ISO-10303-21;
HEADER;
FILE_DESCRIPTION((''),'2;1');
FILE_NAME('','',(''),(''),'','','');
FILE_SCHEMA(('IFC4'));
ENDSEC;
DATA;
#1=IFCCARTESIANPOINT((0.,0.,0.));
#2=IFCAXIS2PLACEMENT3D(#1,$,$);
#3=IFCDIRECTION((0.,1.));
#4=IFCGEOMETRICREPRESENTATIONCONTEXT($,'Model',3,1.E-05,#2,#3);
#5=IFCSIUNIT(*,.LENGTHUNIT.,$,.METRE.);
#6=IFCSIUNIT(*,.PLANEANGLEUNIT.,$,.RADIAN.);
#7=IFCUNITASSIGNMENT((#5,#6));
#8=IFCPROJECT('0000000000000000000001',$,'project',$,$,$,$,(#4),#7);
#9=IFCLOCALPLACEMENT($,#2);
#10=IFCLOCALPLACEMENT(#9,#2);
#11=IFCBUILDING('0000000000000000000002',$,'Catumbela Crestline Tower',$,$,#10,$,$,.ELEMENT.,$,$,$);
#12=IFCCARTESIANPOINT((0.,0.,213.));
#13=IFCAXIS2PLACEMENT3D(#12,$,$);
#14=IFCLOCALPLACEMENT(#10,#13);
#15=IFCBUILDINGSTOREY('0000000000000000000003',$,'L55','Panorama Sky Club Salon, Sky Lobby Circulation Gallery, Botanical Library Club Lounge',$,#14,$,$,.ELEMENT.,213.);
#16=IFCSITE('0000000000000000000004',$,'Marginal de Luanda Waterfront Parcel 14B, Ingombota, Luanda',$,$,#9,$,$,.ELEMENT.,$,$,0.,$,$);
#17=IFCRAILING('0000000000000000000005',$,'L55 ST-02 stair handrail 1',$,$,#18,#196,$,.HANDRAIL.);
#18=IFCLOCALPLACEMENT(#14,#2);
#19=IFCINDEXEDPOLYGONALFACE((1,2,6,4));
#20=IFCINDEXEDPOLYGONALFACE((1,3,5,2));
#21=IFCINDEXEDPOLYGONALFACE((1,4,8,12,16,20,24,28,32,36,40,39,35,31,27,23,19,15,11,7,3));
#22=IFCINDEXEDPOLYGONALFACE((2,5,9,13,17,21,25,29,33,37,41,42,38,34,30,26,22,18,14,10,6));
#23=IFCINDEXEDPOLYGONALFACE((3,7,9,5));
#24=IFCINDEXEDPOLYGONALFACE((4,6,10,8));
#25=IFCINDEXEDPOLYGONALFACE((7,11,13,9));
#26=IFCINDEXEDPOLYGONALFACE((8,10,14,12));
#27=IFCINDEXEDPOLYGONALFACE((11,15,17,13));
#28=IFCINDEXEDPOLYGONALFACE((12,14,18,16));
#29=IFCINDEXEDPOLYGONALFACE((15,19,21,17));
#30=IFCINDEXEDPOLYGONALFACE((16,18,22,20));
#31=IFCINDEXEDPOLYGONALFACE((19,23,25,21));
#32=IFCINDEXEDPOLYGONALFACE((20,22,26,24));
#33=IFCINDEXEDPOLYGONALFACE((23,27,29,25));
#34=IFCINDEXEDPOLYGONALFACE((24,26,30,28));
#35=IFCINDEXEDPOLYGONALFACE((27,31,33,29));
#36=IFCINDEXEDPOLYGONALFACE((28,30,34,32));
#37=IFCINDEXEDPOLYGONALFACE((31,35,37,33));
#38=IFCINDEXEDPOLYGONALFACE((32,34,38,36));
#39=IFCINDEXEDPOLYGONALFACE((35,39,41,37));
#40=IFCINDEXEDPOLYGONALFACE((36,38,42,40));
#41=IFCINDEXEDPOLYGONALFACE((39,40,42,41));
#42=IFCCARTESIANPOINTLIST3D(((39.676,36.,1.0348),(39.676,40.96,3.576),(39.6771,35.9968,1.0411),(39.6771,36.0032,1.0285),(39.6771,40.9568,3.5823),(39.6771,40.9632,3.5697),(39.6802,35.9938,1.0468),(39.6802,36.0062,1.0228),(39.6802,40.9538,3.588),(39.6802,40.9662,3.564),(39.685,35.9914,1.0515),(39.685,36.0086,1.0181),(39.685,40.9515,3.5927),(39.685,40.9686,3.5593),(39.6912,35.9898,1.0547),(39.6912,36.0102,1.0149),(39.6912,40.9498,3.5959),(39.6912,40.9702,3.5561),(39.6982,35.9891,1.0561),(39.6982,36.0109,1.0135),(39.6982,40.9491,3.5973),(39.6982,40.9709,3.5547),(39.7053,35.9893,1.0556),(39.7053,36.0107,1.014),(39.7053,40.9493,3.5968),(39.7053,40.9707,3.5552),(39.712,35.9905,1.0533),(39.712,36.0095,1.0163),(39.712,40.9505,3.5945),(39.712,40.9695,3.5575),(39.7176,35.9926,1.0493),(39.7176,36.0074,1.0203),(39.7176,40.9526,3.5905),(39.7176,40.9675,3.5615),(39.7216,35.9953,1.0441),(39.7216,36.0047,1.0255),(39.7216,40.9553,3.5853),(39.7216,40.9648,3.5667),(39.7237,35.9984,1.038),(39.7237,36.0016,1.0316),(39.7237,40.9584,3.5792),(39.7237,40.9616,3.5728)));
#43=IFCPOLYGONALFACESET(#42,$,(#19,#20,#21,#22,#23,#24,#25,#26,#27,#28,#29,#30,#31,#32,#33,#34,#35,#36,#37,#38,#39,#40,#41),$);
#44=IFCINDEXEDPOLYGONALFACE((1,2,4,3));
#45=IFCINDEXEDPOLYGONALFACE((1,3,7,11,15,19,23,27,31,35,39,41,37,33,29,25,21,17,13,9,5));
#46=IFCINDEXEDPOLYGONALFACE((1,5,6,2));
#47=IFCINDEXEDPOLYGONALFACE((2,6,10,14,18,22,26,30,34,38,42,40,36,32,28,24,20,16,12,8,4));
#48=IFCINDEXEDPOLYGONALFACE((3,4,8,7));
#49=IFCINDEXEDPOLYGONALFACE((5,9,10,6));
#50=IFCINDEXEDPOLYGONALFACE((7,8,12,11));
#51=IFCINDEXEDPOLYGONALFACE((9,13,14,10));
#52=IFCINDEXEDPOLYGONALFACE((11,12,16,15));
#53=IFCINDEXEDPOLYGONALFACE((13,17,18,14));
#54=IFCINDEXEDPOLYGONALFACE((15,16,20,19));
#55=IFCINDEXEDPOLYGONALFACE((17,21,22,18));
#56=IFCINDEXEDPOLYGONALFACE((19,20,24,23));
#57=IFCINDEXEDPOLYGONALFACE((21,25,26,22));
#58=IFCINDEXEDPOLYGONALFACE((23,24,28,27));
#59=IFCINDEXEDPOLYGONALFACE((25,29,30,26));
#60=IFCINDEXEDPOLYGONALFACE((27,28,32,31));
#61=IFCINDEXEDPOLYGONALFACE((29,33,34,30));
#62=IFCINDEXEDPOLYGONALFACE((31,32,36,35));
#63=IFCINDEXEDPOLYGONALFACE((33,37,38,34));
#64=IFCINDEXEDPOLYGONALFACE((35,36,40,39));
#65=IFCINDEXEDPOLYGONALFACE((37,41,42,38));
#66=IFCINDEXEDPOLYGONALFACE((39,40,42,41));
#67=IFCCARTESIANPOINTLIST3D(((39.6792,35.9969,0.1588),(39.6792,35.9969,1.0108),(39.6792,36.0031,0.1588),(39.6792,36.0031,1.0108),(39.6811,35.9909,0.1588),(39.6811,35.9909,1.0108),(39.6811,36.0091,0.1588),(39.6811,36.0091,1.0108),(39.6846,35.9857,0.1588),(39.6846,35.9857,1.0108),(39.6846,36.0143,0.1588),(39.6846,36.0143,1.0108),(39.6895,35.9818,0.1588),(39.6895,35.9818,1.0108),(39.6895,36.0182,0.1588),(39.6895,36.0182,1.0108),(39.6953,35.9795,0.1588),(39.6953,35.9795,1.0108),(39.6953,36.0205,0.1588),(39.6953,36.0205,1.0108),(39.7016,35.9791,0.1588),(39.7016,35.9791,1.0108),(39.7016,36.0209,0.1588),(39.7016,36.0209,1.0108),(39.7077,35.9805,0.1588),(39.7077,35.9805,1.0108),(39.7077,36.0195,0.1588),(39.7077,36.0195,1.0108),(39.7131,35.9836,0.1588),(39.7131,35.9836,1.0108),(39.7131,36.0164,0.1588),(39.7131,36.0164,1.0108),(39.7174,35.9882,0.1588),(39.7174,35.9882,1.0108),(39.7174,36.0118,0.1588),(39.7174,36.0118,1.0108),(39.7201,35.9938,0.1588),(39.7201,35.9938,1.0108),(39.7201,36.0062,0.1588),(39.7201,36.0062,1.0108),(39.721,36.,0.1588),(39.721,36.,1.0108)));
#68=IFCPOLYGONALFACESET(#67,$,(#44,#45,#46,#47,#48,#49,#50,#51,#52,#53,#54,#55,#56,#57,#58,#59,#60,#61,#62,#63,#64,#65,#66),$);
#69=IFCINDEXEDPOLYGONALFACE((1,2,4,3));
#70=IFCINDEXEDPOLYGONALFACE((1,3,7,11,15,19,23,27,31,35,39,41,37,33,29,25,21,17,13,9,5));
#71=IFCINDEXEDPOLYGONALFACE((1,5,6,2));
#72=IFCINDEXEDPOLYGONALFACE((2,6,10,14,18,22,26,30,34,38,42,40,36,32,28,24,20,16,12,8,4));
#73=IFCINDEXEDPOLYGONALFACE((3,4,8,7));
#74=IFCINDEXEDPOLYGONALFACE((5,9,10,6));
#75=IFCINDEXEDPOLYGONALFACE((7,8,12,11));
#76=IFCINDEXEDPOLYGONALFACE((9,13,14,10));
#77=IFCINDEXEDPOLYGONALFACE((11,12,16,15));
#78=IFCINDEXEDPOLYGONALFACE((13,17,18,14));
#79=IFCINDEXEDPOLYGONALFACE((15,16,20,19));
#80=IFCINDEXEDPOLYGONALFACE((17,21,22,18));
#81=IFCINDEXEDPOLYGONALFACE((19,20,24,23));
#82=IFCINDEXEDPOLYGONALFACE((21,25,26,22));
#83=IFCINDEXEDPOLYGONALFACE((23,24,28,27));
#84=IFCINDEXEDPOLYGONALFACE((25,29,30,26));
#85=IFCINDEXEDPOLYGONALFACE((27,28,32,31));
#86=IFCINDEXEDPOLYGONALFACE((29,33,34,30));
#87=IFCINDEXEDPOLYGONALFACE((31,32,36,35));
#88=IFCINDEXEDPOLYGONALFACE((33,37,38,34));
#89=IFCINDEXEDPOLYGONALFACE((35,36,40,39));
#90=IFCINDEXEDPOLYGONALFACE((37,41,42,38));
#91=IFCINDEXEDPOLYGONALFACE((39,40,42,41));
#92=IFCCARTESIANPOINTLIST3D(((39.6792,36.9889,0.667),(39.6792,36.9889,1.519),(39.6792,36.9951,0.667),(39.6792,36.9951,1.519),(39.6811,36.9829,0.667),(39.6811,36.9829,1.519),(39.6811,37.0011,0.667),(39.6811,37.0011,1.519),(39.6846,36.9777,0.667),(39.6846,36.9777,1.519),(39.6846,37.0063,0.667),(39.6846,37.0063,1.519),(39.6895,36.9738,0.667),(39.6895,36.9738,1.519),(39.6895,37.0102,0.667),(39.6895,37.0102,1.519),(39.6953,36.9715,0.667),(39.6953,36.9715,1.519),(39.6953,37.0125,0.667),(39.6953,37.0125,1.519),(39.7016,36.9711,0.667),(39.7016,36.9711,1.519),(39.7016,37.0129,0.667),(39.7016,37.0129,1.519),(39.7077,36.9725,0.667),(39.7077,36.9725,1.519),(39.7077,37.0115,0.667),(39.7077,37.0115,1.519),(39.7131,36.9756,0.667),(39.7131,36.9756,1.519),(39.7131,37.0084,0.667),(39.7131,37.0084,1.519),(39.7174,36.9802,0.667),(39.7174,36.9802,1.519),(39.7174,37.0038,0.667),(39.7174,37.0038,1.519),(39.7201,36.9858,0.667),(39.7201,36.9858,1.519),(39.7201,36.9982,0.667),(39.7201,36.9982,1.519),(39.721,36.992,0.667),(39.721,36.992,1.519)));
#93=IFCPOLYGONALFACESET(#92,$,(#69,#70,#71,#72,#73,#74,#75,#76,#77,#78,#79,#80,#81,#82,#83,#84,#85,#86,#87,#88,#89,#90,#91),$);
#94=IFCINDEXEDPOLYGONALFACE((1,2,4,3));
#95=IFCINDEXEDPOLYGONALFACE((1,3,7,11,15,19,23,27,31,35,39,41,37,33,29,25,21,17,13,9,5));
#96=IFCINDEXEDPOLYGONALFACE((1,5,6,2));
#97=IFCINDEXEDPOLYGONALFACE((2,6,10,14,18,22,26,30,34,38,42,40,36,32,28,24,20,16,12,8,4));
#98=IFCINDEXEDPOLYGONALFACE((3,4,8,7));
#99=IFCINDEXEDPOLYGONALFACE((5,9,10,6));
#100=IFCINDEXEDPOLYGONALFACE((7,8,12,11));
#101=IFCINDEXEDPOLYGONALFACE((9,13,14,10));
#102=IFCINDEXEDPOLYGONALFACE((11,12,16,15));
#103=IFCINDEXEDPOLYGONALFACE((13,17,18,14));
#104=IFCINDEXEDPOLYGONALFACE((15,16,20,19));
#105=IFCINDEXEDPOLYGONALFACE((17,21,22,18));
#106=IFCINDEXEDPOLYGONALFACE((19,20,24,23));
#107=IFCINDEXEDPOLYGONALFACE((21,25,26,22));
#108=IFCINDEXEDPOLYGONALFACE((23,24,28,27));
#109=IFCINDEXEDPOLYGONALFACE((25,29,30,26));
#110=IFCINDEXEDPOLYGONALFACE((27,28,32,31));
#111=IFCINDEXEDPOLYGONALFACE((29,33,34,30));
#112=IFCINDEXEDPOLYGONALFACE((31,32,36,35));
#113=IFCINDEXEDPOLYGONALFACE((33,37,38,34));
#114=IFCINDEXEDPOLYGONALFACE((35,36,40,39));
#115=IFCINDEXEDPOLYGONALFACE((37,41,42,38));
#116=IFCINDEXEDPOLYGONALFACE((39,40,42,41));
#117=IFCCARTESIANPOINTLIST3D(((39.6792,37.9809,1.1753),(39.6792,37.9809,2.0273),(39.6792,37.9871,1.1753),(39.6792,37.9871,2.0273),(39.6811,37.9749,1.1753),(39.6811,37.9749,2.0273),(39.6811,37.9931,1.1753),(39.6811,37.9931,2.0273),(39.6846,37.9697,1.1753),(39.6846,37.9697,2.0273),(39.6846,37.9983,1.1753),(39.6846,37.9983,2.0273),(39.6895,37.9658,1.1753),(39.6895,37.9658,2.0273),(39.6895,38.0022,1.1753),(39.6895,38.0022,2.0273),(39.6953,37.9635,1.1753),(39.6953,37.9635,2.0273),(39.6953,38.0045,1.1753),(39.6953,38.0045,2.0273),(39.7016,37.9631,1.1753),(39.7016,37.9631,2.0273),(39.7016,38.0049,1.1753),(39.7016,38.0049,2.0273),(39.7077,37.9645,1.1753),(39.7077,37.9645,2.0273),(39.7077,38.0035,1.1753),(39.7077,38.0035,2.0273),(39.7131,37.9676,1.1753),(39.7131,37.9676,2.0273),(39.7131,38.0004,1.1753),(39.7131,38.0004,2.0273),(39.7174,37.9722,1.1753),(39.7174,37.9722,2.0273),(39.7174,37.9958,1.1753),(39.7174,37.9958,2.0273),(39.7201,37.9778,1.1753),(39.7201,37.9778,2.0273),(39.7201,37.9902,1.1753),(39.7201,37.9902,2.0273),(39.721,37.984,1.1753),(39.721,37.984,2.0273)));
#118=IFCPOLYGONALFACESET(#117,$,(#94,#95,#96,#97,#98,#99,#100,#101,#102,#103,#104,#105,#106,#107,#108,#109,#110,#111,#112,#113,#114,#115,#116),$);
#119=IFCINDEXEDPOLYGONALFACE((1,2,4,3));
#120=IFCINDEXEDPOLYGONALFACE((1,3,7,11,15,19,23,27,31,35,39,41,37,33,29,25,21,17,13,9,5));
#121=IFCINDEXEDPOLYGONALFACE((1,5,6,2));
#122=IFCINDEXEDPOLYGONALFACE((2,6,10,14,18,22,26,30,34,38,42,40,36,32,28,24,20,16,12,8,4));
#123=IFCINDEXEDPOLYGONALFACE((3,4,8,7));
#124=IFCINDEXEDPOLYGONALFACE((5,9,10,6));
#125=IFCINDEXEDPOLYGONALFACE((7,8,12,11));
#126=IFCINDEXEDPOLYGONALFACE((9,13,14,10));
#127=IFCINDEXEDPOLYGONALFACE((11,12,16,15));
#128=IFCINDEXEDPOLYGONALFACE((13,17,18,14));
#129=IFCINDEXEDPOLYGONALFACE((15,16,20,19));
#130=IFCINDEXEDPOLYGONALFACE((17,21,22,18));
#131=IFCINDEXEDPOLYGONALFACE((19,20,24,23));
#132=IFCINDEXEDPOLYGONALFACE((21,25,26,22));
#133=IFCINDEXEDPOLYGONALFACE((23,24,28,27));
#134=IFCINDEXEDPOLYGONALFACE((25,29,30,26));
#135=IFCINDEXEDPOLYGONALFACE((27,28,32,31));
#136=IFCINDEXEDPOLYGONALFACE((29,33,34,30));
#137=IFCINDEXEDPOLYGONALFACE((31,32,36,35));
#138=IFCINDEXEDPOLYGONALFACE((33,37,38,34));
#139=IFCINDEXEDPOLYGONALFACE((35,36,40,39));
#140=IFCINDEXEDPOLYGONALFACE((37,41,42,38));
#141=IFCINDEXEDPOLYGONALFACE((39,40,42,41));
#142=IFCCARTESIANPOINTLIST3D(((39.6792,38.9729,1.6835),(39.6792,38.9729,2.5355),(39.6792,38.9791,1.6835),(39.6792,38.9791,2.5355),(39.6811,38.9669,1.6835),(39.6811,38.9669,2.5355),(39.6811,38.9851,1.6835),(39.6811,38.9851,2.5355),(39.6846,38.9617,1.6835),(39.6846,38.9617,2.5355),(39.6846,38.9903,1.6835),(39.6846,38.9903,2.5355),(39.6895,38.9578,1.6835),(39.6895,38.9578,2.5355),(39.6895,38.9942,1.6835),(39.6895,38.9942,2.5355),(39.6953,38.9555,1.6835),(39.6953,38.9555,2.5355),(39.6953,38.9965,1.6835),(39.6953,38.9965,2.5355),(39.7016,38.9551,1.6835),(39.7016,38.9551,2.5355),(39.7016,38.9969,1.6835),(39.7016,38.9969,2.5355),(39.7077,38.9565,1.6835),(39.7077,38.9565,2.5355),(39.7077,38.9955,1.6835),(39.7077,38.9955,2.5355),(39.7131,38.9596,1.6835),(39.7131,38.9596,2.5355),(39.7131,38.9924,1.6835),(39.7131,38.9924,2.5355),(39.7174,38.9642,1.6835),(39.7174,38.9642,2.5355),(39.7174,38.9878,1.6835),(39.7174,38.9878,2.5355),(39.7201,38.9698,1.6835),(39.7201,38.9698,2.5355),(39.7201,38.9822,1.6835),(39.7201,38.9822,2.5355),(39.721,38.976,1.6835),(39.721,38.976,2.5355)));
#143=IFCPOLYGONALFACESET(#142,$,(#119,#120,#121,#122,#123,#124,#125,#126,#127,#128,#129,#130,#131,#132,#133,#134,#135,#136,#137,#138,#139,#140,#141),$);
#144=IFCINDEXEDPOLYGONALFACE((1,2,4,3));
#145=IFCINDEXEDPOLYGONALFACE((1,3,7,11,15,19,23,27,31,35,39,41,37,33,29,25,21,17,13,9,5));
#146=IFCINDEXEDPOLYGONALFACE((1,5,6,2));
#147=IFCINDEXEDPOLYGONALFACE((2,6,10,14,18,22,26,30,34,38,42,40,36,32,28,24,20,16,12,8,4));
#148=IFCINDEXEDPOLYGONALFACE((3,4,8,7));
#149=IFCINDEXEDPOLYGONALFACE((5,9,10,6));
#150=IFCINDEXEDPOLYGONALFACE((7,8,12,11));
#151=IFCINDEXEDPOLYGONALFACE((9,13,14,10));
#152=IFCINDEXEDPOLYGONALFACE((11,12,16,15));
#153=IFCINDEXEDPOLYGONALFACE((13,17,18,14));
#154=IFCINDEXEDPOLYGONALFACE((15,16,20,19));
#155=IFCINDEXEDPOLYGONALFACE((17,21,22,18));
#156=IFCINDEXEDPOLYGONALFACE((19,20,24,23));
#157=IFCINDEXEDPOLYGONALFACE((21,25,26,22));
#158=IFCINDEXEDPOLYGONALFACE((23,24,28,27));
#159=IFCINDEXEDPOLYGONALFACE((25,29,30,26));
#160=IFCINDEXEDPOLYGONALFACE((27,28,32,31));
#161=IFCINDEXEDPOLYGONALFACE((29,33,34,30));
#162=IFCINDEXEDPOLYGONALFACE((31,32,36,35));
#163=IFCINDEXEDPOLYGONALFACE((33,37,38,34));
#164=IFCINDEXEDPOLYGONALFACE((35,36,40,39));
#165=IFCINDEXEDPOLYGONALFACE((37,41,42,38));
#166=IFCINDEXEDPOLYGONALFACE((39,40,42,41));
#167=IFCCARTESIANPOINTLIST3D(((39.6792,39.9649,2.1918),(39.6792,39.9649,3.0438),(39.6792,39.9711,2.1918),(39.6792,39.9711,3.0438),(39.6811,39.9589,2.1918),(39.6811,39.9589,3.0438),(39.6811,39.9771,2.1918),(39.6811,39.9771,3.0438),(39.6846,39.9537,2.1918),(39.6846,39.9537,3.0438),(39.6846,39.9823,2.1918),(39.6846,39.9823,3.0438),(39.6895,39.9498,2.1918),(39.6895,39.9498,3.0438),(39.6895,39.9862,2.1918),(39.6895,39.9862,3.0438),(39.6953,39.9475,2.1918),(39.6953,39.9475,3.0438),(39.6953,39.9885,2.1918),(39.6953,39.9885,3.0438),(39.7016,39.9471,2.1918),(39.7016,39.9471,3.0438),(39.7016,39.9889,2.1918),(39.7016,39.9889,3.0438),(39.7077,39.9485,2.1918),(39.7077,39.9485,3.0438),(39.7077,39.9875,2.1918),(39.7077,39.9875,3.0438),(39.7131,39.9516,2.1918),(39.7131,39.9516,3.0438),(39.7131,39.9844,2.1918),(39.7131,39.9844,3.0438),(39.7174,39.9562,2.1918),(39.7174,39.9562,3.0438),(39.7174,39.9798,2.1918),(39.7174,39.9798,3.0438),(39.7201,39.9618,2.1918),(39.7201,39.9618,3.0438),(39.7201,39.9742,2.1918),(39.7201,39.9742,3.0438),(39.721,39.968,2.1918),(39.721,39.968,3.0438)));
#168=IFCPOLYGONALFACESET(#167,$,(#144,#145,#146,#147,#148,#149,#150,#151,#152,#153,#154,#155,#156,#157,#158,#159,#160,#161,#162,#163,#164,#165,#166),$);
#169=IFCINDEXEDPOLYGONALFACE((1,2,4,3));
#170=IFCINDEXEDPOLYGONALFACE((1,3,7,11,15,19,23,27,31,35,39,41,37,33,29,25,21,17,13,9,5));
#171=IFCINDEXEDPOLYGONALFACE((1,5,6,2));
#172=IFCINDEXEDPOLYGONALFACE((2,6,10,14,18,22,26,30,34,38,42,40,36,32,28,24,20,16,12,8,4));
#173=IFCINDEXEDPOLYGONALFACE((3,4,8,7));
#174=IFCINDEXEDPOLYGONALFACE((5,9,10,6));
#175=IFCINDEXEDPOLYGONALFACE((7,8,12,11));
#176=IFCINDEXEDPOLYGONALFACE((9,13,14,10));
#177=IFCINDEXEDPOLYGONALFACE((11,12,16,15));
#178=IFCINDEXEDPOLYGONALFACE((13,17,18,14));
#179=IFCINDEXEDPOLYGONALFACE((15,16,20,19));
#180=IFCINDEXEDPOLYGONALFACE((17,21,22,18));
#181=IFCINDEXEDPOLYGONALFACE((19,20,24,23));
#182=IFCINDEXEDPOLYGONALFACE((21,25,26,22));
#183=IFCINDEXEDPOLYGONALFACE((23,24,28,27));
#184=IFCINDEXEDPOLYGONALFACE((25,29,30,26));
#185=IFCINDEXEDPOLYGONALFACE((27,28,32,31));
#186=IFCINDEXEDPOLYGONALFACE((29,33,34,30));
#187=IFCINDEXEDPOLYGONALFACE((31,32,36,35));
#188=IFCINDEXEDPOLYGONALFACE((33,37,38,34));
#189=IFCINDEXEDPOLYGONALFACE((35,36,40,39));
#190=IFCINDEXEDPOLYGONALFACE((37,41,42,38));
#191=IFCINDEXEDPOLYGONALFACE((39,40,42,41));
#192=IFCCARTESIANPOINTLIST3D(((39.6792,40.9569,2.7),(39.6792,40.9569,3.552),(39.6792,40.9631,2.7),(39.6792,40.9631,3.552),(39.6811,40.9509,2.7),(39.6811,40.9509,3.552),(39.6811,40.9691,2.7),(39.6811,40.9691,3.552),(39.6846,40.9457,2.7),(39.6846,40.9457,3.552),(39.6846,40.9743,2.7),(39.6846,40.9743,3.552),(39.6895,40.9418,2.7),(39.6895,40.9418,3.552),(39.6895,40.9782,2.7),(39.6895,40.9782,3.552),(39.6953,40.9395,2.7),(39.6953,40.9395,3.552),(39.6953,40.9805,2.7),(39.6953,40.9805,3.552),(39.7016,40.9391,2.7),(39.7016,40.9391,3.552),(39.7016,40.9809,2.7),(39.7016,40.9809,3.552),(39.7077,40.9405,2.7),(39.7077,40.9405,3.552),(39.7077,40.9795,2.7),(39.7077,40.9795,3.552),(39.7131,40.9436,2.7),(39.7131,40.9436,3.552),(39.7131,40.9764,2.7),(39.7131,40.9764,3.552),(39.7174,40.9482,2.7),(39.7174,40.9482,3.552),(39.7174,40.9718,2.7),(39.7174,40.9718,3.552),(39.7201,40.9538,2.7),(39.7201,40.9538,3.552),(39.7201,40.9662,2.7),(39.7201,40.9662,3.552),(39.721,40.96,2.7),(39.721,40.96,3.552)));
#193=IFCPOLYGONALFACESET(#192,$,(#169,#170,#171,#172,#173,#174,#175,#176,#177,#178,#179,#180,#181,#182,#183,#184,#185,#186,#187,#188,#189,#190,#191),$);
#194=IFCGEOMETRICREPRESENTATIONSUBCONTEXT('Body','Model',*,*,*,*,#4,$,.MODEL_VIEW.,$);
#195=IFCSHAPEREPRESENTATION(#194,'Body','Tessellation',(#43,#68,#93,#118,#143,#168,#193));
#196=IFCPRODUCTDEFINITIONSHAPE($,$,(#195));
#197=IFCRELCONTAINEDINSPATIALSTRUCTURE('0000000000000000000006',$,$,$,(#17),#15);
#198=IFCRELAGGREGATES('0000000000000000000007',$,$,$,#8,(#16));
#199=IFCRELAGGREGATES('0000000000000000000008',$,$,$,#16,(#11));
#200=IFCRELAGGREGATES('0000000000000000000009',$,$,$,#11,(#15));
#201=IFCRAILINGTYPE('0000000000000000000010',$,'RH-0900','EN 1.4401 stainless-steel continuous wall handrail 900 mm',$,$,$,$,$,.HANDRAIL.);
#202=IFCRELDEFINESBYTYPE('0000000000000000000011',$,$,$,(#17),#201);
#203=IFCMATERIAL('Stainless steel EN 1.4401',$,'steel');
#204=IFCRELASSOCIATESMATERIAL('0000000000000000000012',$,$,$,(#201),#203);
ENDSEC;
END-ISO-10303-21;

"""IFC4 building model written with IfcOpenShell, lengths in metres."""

from ifc_helpers import new_model, si_unit, direction, frame, origin, origin_2d, place, context, subcontext, project, spatial, circle, extrude, material, type_object, element, save


model = new_model("IFC4")

# Units and contexts
model_context = context("Model", 3, precision=1e-05, world=origin(), true_north=direction((0.0, 1.0)))
body_context = subcontext(model_context, "Body", "Model", "MODEL_VIEW")
ifc_project = project(units=[si_unit("LENGTHUNIT", "METRE"), si_unit("PLANEANGLEUNIT", "RADIAN")], contexts=[model_context])

# Site, building, storey
site_placement = place(None, origin())
site = spatial("IfcSite", under=ifc_project, at=site_placement, Name="Marginal de Luanda Waterfront Parcel 14B, Ingombota, Luanda", CompositionType="ELEMENT", RefElevation=0.0)
building_placement = place(site_placement, origin())
building = spatial("IfcBuilding", under=site, at=building_placement, Name="Catumbela Crestline Tower", CompositionType="ELEMENT")
storey_placement = place(building_placement, frame((0.0, 0.0, 213.0)))
storey = spatial("IfcBuildingStorey", under=building, at=storey_placement, Name="L55", Description="Panorama Sky Club Salon, Sky Lobby Circulation Gallery, Botanical Library Club Lounge", CompositionType="ELEMENT", Elevation=213.0)

# Shared definitions
ifc_material_1 = material(Name="Stainless steel EN 1.4401", Category="steel")

# Railing
railing_type_1 = type_object("IfcRailingType", Name="RH-0900", Description="EN 1.4401 stainless-steel continuous wall handrail 900 mm", PredefinedType="HANDRAIL", material=ifc_material_1)
railing_1_placement = place(storey_placement, frame((39.7, 36.0, 0.1588)))
element("IfcRailing", 1, at=railing_1_placement, inside=storey, type_object=railing_type_1, Name="L55 ST-02 stair handrail 1", PredefinedType="HANDRAIL", context=body_context, shape_type="SweptSolid", body=[
    extrude(circle(Radius=0.024, at=origin_2d()), frame((0.0, 0.0, 0.876), z_axis=(0.0, 0.889992, 0.455977), x_axis=(-1.0, 0.0, 0.0)), (0.0, 0.0, 1.0), 5.5731),
    extrude(circle(Radius=0.021, at=origin_2d()), origin(), (0.0, 0.0, 1.0), 0.852),
    extrude(circle(Radius=0.021, at=origin_2d()), frame((0.0, 0.992, 0.5082)), (0.0, 0.0, 1.0), 0.852),
    extrude(circle(Radius=0.021, at=origin_2d()), frame((0.0, 1.984, 1.0165)), (0.0, 0.0, 1.0), 0.852),
    extrude(circle(Radius=0.021, at=origin_2d()), frame((0.0, 2.976, 1.5247)), (0.0, 0.0, 1.0), 0.852),
    extrude(circle(Radius=0.021, at=origin_2d()), frame((0.0, 3.968, 2.033)), (0.0, 0.0, 1.0), 0.852),
    extrude(circle(Radius=0.021, at=origin_2d()), frame((0.0, 4.96, 2.5412)), (0.0, 0.0, 1.0), 0.852),
])

save(model, "model.ifc")
